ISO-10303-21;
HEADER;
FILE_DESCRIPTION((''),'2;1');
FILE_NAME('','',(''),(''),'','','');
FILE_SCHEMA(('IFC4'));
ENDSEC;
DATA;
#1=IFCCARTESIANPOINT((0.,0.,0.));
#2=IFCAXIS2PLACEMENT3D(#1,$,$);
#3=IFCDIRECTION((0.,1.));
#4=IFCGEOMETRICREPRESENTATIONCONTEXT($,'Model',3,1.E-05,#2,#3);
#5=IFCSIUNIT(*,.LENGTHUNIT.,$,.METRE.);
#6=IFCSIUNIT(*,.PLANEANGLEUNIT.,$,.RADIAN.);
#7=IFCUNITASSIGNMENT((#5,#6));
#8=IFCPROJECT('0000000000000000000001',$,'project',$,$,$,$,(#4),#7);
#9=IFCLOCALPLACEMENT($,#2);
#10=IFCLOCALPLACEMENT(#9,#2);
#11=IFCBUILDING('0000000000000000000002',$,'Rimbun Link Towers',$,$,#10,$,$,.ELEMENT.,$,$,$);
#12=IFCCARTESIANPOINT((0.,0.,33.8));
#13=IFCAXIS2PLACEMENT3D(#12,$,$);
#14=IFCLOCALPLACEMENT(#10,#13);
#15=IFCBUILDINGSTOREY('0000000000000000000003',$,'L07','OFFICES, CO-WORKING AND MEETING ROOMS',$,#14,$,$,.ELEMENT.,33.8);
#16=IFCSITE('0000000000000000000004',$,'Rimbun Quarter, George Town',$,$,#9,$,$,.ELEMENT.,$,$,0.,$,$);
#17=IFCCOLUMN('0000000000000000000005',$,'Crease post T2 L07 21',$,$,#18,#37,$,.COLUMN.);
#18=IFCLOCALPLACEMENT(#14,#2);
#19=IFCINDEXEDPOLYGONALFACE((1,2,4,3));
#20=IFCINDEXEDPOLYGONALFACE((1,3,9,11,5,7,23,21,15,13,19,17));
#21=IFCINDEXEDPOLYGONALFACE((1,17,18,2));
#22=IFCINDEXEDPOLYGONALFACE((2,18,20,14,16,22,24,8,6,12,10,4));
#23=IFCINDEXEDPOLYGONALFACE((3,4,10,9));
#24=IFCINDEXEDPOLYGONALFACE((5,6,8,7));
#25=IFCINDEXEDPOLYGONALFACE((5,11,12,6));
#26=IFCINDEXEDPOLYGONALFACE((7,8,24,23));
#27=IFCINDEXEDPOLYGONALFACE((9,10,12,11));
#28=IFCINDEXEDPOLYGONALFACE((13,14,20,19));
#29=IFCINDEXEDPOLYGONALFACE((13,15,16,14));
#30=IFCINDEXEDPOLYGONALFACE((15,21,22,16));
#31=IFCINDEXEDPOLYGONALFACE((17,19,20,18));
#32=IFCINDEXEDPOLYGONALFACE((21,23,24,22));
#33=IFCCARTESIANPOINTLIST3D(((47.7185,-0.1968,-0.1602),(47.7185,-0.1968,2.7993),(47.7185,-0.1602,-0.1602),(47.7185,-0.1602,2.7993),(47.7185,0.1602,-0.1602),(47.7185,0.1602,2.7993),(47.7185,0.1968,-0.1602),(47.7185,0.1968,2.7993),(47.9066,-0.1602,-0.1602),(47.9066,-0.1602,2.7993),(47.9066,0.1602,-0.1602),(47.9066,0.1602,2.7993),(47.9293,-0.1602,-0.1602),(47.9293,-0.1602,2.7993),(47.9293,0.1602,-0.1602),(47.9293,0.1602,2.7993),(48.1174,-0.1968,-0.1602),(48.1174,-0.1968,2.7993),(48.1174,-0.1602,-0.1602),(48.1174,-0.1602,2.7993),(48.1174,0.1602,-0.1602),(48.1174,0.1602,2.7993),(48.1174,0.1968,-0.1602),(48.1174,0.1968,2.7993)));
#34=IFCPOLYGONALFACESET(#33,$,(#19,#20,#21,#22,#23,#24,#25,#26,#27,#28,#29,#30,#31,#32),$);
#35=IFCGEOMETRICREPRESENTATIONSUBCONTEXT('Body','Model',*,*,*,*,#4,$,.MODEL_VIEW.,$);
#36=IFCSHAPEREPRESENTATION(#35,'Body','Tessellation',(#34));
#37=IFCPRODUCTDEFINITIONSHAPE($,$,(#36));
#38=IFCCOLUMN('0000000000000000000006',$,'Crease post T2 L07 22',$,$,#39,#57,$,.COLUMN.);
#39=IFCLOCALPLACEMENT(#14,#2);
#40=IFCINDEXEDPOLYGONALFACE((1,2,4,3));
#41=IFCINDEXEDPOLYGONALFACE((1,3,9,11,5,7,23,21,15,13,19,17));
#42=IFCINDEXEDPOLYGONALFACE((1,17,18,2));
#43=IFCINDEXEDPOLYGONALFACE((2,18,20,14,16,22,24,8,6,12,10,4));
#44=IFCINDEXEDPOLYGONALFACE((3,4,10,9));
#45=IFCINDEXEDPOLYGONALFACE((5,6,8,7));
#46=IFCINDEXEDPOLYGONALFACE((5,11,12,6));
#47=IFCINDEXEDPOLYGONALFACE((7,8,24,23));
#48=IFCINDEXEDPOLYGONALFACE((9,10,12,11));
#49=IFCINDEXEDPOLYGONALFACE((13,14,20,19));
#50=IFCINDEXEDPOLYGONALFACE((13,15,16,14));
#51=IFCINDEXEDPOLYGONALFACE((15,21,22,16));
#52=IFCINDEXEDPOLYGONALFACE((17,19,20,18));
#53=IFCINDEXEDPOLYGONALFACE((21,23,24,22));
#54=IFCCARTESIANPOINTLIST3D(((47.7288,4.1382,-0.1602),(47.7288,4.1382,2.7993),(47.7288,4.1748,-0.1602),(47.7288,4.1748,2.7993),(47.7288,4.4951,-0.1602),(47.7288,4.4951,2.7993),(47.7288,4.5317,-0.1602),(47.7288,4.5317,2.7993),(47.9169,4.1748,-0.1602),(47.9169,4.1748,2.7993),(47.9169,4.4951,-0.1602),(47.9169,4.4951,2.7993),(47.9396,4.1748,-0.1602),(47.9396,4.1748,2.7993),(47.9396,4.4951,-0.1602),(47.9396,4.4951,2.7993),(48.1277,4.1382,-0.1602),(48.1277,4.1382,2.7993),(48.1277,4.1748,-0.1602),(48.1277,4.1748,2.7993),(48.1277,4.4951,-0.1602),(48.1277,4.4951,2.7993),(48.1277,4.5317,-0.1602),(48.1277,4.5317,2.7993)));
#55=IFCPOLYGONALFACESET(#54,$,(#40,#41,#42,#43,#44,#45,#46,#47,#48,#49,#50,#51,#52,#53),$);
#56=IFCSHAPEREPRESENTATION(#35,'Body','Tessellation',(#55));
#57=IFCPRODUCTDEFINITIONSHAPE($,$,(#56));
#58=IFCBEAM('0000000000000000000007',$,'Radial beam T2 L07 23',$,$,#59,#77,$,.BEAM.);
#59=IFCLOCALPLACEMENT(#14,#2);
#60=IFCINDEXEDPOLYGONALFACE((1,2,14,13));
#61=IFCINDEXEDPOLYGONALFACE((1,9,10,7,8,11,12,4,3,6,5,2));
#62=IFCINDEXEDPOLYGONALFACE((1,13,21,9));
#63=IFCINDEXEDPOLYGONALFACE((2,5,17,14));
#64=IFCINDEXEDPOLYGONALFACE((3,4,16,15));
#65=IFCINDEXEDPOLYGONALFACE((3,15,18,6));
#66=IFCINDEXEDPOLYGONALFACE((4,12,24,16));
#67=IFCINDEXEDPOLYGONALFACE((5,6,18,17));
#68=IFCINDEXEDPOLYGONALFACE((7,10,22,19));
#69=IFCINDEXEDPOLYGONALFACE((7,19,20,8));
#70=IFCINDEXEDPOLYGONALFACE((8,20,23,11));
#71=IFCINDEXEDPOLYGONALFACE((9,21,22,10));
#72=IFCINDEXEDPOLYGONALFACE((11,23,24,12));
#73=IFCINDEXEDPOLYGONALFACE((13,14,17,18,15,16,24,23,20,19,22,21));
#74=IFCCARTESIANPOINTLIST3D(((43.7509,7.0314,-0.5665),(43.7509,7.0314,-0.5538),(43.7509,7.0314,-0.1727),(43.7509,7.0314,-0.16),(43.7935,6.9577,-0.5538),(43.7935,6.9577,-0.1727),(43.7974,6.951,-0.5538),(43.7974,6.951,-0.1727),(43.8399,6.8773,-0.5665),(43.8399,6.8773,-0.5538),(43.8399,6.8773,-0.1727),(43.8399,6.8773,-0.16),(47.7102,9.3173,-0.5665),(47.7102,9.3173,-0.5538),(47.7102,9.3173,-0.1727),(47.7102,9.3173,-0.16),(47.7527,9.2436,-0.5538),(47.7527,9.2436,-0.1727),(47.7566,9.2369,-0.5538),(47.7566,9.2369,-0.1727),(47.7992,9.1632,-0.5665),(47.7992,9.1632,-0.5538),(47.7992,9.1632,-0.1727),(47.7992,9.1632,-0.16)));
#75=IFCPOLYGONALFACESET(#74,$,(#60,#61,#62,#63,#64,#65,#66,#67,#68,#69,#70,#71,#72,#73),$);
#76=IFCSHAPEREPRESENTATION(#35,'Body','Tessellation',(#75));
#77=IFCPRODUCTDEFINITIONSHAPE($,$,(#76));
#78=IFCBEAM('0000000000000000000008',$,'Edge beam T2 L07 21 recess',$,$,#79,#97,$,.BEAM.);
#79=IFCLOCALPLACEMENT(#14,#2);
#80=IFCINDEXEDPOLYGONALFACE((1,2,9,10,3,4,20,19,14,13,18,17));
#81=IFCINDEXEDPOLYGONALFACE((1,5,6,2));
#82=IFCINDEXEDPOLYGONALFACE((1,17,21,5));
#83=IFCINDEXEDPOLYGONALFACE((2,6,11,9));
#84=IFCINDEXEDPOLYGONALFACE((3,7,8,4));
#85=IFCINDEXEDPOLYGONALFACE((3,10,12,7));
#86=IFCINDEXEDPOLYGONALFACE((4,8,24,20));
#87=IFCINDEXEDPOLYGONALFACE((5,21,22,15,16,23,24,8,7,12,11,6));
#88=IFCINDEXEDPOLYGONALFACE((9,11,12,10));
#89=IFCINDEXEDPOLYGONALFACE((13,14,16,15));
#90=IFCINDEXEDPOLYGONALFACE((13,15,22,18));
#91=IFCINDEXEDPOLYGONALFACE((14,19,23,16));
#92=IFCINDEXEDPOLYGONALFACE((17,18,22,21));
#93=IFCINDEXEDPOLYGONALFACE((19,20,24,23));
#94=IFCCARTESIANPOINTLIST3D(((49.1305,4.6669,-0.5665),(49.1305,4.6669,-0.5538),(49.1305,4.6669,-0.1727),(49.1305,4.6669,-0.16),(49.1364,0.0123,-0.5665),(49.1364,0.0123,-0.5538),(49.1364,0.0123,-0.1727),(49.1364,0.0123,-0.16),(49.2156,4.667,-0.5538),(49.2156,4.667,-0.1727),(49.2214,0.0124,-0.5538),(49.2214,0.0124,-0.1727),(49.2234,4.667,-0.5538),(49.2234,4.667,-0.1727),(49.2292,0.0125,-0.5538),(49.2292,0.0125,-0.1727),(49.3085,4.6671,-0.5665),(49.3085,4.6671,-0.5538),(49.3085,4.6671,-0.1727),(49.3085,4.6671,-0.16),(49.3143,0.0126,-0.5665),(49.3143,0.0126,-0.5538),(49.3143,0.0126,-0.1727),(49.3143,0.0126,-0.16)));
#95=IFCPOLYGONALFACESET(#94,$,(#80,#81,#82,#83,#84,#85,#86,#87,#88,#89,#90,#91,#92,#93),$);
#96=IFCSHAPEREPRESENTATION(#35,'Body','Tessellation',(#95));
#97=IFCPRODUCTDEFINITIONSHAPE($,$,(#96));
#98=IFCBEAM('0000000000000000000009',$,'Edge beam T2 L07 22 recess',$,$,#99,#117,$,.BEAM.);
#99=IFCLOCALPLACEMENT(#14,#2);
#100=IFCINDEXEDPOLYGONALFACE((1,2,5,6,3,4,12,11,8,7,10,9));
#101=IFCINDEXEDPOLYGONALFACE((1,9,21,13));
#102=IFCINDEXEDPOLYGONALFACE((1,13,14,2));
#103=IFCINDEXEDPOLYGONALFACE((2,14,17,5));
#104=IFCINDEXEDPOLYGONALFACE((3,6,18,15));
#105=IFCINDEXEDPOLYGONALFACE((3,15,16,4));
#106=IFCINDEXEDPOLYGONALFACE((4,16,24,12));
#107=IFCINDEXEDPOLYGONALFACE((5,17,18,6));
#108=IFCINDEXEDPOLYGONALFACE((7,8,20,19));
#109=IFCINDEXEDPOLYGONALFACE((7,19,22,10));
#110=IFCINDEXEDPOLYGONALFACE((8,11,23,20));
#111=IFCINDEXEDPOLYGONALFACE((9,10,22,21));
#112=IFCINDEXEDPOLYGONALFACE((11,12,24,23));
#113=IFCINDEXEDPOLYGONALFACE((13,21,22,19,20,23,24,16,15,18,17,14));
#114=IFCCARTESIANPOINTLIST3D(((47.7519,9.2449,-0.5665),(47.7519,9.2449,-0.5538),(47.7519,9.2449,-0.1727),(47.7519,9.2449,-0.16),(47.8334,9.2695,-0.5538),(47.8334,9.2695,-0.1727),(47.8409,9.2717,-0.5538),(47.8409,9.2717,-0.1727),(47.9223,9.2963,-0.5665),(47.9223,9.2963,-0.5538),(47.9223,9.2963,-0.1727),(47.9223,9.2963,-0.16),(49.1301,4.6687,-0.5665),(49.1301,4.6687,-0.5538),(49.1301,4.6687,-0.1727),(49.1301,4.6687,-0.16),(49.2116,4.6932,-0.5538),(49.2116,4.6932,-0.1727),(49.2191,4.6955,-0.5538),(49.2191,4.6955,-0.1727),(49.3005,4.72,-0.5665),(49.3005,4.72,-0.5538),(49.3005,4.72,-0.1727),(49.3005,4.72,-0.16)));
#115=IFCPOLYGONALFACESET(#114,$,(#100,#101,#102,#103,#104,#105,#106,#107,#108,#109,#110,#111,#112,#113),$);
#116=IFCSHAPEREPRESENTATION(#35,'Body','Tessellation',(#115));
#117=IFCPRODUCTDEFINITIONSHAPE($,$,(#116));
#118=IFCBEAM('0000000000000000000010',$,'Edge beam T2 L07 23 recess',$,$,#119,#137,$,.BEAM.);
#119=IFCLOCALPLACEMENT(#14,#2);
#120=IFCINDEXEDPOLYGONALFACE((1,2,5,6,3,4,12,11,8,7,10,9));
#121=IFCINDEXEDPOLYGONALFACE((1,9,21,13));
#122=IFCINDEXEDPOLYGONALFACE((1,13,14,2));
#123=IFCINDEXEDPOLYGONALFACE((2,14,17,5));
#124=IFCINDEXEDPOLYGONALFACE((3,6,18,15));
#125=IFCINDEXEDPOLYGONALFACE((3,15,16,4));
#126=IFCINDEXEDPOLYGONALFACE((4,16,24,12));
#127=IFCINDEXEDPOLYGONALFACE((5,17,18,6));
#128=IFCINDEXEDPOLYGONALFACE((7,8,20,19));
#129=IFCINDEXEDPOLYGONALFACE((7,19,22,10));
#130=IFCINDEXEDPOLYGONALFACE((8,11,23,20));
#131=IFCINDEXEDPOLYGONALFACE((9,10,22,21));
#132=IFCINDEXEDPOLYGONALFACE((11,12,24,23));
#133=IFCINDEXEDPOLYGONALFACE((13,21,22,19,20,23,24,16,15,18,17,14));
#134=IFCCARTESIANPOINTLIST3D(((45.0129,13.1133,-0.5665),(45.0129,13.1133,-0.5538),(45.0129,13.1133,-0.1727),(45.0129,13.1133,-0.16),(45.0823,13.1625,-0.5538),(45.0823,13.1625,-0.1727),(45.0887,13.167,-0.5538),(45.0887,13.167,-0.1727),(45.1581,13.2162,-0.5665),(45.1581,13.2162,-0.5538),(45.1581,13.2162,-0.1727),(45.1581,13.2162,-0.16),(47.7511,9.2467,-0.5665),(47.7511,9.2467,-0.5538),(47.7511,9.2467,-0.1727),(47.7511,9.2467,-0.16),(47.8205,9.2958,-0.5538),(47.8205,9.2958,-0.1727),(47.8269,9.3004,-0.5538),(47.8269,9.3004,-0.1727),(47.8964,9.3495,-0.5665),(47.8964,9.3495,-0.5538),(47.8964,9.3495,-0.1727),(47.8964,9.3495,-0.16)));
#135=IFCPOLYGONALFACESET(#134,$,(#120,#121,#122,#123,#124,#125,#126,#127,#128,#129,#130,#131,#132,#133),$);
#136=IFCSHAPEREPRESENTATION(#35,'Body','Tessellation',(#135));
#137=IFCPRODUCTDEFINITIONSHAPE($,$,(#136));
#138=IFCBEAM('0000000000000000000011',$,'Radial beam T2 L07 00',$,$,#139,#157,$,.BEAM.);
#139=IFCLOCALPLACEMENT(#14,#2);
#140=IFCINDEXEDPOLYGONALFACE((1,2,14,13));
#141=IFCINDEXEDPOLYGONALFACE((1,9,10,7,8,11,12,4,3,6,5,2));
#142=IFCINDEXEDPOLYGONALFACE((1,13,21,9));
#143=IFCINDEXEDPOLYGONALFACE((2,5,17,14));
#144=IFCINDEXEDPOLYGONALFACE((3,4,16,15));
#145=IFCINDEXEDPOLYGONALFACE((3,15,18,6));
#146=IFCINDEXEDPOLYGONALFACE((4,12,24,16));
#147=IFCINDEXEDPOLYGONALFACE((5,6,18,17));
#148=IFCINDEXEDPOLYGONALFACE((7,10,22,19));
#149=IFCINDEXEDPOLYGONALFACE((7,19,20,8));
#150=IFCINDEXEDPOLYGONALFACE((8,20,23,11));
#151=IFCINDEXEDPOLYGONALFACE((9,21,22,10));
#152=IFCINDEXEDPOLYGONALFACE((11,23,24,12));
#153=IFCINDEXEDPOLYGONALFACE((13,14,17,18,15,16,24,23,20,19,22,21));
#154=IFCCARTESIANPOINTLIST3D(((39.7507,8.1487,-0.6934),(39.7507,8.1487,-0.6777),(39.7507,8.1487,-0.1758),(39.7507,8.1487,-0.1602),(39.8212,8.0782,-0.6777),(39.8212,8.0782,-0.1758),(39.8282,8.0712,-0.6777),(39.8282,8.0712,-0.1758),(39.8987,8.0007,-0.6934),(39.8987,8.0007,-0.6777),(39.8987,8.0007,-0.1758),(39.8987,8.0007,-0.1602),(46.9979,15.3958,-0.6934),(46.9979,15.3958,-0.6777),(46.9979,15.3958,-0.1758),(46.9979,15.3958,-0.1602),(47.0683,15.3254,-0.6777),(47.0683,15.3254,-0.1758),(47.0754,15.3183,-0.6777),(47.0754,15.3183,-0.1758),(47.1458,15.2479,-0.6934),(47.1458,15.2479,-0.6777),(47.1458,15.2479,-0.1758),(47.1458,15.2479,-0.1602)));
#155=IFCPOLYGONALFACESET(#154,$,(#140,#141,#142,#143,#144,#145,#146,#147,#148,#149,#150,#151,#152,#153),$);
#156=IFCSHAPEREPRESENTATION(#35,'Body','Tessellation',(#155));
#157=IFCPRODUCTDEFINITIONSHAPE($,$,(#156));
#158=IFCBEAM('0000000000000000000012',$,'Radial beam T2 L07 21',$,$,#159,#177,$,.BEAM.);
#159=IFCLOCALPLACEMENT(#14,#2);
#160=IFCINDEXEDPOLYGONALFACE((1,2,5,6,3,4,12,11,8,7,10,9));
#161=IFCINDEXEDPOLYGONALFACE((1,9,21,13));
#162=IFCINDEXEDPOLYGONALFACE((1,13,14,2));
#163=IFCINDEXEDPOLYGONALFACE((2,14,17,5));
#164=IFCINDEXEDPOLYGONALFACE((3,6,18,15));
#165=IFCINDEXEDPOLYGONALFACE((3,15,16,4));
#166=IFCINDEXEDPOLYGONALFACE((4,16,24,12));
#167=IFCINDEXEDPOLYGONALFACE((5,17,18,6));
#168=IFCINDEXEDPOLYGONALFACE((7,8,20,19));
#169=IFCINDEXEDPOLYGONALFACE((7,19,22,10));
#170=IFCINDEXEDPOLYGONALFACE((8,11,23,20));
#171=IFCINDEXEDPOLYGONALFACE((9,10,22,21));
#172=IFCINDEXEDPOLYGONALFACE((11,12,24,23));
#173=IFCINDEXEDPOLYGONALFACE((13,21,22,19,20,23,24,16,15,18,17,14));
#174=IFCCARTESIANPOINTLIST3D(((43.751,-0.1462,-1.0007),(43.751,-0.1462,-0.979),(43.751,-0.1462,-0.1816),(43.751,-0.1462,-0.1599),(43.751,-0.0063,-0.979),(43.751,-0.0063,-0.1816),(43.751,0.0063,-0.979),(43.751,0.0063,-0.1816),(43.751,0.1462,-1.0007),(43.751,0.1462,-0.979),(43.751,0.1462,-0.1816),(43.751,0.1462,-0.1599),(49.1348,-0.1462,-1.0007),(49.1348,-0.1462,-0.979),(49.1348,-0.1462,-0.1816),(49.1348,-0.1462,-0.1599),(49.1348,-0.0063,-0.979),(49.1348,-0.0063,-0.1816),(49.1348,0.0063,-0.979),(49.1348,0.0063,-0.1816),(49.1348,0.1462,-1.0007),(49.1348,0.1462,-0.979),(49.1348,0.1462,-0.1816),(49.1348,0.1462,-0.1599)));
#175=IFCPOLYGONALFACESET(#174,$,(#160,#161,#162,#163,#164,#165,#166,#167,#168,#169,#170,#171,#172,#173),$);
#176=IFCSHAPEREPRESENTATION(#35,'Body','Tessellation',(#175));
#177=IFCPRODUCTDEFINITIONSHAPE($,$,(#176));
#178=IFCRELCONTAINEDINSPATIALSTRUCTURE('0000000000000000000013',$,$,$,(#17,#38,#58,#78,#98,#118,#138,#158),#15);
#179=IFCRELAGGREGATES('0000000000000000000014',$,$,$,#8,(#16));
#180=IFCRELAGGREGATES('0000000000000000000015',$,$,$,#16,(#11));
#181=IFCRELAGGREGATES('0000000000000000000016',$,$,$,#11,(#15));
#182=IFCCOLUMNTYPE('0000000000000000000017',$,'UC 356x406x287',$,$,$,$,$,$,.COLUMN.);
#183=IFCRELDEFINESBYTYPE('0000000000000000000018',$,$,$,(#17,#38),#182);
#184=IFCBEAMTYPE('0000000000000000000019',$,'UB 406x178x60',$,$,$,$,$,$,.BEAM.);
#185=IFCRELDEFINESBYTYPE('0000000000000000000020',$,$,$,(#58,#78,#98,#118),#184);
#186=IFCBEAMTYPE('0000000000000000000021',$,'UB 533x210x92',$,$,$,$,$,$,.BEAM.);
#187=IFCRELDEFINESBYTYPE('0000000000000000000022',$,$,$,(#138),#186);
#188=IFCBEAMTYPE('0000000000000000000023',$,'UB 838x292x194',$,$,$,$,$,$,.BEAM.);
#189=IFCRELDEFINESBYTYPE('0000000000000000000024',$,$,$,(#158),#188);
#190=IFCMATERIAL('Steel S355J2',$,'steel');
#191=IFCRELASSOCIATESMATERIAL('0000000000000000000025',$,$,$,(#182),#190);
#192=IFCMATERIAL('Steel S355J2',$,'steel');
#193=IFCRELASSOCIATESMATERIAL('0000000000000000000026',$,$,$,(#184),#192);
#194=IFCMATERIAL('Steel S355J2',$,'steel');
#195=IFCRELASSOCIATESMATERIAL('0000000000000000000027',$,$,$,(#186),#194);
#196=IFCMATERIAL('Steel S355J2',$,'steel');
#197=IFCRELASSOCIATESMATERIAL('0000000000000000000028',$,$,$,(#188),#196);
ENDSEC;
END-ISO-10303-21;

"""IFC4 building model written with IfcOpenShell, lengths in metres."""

from ifc_helpers import new_model, si_unit, direction, frame, origin, origin_2d, place, context, subcontext, project, spatial, i_section, extrude, material, material_profile, profile_set, type_object, element, save


model = new_model("IFC4")

# Units and contexts
model_context = context("Model", 3, precision=1e-05, world=origin(), true_north=direction((0.0, 1.0)))
body_context = subcontext(model_context, "Body", "Model", "MODEL_VIEW")
ifc_project = project(units=[si_unit("LENGTHUNIT", "METRE"), si_unit("PLANEANGLEUNIT", "RADIAN")], contexts=[model_context])

# Site, building, storey
site_placement = place(None, origin())
site = spatial("IfcSite", under=ifc_project, at=site_placement, Name="Rimbun Quarter, George Town", CompositionType="ELEMENT", RefElevation=0.0)
building_placement = place(site_placement, origin())
building = spatial("IfcBuilding", under=site, at=building_placement, Name="Rimbun Link Towers", CompositionType="ELEMENT")
storey_placement = place(building_placement, frame((0.0, 0.0, 33.8)))
storey = spatial("IfcBuildingStorey", under=building, at=storey_placement, Name="L07", Description="OFFICES, CO-WORKING AND MEETING ROOMS", CompositionType="ELEMENT", Elevation=33.8)

# Columns
ifc_material_1 = material(Name="Steel S355J2", Category="steel")
ifc_material_profile_1 = material_profile(ifc_material_1, i_section(OverallWidth=0.3989, OverallDepth=0.3936, WebThickness=0.0227, FlangeThickness=0.0366, at=origin_2d()), Name="UC 356x406x287")
ifc_profile_set_1 = profile_set([ifc_material_profile_1], Name="Steel S355J2")
column_type = type_object("IfcColumnType", Name="UC 356x406x287", PredefinedType="COLUMN", material=ifc_profile_set_1)
for number, where, z_axis, x_axis, name in (
    (1, (47.918, 0.0, -0.1602), (0.0, 0.0, 1.0), (1.0, 0.0, 0.0), "Crease post T2 L07 21"),
    (2, (47.9282, 4.335, -0.1602), (0.0, 0.0, 1.0), (1.0, 0.0, 0.0), "Crease post T2 L07 22"),
):
    element("IfcColumn", number, at=place(storey_placement, frame(where, z_axis=z_axis, x_axis=x_axis)), inside=storey, type_object=column_type, Name=name, PredefinedType="COLUMN", context=body_context, shape_type="SweptSolid", body=[
        extrude(i_section(OverallWidth=0.3989, OverallDepth=0.3936, WebThickness=0.0227, FlangeThickness=0.0366, at=origin_2d()), origin(), (0.0, 0.0, 1.0), 2.9595),
    ])

# Beams
ifc_material_2 = material(Name="Steel S355J2", Category="steel")
ifc_material_profile_2 = material_profile(ifc_material_2, i_section(OverallWidth=0.178, OverallDepth=0.4065, WebThickness=0.0078, FlangeThickness=0.0127, at=origin_2d()), Name="UB 406x178x60")
ifc_profile_set_2 = profile_set([ifc_material_profile_2], Name="Steel S355J2")
beam_type_1 = type_object("IfcBeamType", Name="UB 406x178x60", PredefinedType="BEAM", material=ifc_profile_set_2)
beam_1_placement = place(storey_placement, frame((43.7954, 6.9543, -0.3633), z_axis=(0.866023, 0.500004, 0.0), x_axis=(-0.500004, 0.866023, 0.0)))
element("IfcBeam", 3, at=beam_1_placement, inside=storey, type_object=beam_type_1, Name="Radial beam T2 L07 23", PredefinedType="BEAM", context=body_context, shape_type="SweptSolid", body=[
    extrude(i_section(OverallWidth=0.178, OverallDepth=0.4065, WebThickness=0.0078, FlangeThickness=0.0127, at=origin_2d()), origin(), (0.0, 0.0, 1.0), 4.5718),
])
beam_2_placement = place(storey_placement, frame((49.2253, 0.0125, -0.3633), z_axis=(-0.001259, 0.999999, 0.0), x_axis=(-0.999999, -0.001259, 0.0)))
element("IfcBeam", 4, at=beam_2_placement, inside=storey, type_object=beam_type_1, Name="Edge beam T2 L07 21 recess", PredefinedType="BEAM", context=body_context, shape_type="SweptSolid", body=[
    extrude(i_section(OverallWidth=0.178, OverallDepth=0.4065, WebThickness=0.0078, FlangeThickness=0.0127, at=origin_2d()), origin(), (0.0, 0.0, 1.0), 4.6545),
])
beam_3_placement = place(storey_placement, frame((49.2153, 4.6943, -0.3633), z_axis=(-0.288369, 0.957519, 0.0), x_axis=(-0.957519, -0.288369, 0.0)))
element("IfcBeam", 5, at=beam_3_placement, inside=storey, type_object=beam_type_1, Name="Edge beam T2 L07 22 recess", PredefinedType="BEAM", context=body_context, shape_type="SweptSolid", body=[
    extrude(i_section(OverallWidth=0.178, OverallDepth=0.4065, WebThickness=0.0078, FlangeThickness=0.0127, at=origin_2d()), origin(), (0.0, 0.0, 1.0), 4.7793),
])
beam_4_placement = place(storey_placement, frame((47.8237, 9.2981, -0.3633), z_axis=(-0.577929, 0.816087, 0.0), x_axis=(-0.816087, -0.577929, 0.0)))
element("IfcBeam", 6, at=beam_4_placement, inside=storey, type_object=beam_type_1, Name="Edge beam T2 L07 23 recess", PredefinedType="BEAM", context=body_context, shape_type="SweptSolid", body=[
    extrude(i_section(OverallWidth=0.178, OverallDepth=0.4065, WebThickness=0.0078, FlangeThickness=0.0127, at=origin_2d()), origin(), (0.0, 0.0, 1.0), 4.738),
])
ifc_material_3 = material(Name="Steel S355J2", Category="steel")
ifc_material_profile_3 = material_profile(ifc_material_3, i_section(OverallWidth=0.2092, OverallDepth=0.5332, WebThickness=0.01, FlangeThickness=0.0156, at=origin_2d()), Name="UB 533x210x92")
ifc_profile_set_3 = profile_set([ifc_material_profile_3], Name="Steel S355J2")
beam_type_2 = type_object("IfcBeamType", Name="UB 533x210x92", PredefinedType="BEAM", material=ifc_profile_set_3)
beam_5_placement = place(storey_placement, frame((39.8247, 8.0747, -0.4268), z_axis=(0.707107, 0.707107, 0.0), x_axis=(-0.707107, 0.707107, 0.0)))
element("IfcBeam", 7, at=beam_5_placement, inside=storey, type_object=beam_type_2, Name="Radial beam T2 L07 00", PredefinedType="BEAM", context=body_context, shape_type="SweptSolid", body=[
    extrude(i_section(OverallWidth=0.2092, OverallDepth=0.5332, WebThickness=0.01, FlangeThickness=0.0156, at=origin_2d()), origin(), (0.0, 0.0, 1.0), 10.249),
])
ifc_material_4 = material(Name="Steel S355J2", Category="steel")
ifc_material_profile_4 = material_profile(ifc_material_4, i_section(OverallWidth=0.2925, OverallDepth=0.8408, WebThickness=0.0127, FlangeThickness=0.0217, at=origin_2d()), Name="UB 838x292x194")
ifc_profile_set_4 = profile_set([ifc_material_profile_4], Name="Steel S355J2")
beam_type_3 = type_object("IfcBeamType", Name="UB 838x292x194", PredefinedType="BEAM", material=ifc_profile_set_4)
beam_6_placement = place(storey_placement, frame((43.751, 0.0, -0.5803), z_axis=(1.0, 0.0, 0.0), x_axis=(0.0, 1.0, 0.0)))
element("IfcBeam", 8, at=beam_6_placement, inside=storey, type_object=beam_type_3, Name="Radial beam T2 L07 21", PredefinedType="BEAM", context=body_context, shape_type="SweptSolid", body=[
    extrude(i_section(OverallWidth=0.2925, OverallDepth=0.8408, WebThickness=0.0127, FlangeThickness=0.0217, at=origin_2d()), origin(), (0.0, 0.0, 1.0), 5.3838),
])

save(model, "model.ifc")
